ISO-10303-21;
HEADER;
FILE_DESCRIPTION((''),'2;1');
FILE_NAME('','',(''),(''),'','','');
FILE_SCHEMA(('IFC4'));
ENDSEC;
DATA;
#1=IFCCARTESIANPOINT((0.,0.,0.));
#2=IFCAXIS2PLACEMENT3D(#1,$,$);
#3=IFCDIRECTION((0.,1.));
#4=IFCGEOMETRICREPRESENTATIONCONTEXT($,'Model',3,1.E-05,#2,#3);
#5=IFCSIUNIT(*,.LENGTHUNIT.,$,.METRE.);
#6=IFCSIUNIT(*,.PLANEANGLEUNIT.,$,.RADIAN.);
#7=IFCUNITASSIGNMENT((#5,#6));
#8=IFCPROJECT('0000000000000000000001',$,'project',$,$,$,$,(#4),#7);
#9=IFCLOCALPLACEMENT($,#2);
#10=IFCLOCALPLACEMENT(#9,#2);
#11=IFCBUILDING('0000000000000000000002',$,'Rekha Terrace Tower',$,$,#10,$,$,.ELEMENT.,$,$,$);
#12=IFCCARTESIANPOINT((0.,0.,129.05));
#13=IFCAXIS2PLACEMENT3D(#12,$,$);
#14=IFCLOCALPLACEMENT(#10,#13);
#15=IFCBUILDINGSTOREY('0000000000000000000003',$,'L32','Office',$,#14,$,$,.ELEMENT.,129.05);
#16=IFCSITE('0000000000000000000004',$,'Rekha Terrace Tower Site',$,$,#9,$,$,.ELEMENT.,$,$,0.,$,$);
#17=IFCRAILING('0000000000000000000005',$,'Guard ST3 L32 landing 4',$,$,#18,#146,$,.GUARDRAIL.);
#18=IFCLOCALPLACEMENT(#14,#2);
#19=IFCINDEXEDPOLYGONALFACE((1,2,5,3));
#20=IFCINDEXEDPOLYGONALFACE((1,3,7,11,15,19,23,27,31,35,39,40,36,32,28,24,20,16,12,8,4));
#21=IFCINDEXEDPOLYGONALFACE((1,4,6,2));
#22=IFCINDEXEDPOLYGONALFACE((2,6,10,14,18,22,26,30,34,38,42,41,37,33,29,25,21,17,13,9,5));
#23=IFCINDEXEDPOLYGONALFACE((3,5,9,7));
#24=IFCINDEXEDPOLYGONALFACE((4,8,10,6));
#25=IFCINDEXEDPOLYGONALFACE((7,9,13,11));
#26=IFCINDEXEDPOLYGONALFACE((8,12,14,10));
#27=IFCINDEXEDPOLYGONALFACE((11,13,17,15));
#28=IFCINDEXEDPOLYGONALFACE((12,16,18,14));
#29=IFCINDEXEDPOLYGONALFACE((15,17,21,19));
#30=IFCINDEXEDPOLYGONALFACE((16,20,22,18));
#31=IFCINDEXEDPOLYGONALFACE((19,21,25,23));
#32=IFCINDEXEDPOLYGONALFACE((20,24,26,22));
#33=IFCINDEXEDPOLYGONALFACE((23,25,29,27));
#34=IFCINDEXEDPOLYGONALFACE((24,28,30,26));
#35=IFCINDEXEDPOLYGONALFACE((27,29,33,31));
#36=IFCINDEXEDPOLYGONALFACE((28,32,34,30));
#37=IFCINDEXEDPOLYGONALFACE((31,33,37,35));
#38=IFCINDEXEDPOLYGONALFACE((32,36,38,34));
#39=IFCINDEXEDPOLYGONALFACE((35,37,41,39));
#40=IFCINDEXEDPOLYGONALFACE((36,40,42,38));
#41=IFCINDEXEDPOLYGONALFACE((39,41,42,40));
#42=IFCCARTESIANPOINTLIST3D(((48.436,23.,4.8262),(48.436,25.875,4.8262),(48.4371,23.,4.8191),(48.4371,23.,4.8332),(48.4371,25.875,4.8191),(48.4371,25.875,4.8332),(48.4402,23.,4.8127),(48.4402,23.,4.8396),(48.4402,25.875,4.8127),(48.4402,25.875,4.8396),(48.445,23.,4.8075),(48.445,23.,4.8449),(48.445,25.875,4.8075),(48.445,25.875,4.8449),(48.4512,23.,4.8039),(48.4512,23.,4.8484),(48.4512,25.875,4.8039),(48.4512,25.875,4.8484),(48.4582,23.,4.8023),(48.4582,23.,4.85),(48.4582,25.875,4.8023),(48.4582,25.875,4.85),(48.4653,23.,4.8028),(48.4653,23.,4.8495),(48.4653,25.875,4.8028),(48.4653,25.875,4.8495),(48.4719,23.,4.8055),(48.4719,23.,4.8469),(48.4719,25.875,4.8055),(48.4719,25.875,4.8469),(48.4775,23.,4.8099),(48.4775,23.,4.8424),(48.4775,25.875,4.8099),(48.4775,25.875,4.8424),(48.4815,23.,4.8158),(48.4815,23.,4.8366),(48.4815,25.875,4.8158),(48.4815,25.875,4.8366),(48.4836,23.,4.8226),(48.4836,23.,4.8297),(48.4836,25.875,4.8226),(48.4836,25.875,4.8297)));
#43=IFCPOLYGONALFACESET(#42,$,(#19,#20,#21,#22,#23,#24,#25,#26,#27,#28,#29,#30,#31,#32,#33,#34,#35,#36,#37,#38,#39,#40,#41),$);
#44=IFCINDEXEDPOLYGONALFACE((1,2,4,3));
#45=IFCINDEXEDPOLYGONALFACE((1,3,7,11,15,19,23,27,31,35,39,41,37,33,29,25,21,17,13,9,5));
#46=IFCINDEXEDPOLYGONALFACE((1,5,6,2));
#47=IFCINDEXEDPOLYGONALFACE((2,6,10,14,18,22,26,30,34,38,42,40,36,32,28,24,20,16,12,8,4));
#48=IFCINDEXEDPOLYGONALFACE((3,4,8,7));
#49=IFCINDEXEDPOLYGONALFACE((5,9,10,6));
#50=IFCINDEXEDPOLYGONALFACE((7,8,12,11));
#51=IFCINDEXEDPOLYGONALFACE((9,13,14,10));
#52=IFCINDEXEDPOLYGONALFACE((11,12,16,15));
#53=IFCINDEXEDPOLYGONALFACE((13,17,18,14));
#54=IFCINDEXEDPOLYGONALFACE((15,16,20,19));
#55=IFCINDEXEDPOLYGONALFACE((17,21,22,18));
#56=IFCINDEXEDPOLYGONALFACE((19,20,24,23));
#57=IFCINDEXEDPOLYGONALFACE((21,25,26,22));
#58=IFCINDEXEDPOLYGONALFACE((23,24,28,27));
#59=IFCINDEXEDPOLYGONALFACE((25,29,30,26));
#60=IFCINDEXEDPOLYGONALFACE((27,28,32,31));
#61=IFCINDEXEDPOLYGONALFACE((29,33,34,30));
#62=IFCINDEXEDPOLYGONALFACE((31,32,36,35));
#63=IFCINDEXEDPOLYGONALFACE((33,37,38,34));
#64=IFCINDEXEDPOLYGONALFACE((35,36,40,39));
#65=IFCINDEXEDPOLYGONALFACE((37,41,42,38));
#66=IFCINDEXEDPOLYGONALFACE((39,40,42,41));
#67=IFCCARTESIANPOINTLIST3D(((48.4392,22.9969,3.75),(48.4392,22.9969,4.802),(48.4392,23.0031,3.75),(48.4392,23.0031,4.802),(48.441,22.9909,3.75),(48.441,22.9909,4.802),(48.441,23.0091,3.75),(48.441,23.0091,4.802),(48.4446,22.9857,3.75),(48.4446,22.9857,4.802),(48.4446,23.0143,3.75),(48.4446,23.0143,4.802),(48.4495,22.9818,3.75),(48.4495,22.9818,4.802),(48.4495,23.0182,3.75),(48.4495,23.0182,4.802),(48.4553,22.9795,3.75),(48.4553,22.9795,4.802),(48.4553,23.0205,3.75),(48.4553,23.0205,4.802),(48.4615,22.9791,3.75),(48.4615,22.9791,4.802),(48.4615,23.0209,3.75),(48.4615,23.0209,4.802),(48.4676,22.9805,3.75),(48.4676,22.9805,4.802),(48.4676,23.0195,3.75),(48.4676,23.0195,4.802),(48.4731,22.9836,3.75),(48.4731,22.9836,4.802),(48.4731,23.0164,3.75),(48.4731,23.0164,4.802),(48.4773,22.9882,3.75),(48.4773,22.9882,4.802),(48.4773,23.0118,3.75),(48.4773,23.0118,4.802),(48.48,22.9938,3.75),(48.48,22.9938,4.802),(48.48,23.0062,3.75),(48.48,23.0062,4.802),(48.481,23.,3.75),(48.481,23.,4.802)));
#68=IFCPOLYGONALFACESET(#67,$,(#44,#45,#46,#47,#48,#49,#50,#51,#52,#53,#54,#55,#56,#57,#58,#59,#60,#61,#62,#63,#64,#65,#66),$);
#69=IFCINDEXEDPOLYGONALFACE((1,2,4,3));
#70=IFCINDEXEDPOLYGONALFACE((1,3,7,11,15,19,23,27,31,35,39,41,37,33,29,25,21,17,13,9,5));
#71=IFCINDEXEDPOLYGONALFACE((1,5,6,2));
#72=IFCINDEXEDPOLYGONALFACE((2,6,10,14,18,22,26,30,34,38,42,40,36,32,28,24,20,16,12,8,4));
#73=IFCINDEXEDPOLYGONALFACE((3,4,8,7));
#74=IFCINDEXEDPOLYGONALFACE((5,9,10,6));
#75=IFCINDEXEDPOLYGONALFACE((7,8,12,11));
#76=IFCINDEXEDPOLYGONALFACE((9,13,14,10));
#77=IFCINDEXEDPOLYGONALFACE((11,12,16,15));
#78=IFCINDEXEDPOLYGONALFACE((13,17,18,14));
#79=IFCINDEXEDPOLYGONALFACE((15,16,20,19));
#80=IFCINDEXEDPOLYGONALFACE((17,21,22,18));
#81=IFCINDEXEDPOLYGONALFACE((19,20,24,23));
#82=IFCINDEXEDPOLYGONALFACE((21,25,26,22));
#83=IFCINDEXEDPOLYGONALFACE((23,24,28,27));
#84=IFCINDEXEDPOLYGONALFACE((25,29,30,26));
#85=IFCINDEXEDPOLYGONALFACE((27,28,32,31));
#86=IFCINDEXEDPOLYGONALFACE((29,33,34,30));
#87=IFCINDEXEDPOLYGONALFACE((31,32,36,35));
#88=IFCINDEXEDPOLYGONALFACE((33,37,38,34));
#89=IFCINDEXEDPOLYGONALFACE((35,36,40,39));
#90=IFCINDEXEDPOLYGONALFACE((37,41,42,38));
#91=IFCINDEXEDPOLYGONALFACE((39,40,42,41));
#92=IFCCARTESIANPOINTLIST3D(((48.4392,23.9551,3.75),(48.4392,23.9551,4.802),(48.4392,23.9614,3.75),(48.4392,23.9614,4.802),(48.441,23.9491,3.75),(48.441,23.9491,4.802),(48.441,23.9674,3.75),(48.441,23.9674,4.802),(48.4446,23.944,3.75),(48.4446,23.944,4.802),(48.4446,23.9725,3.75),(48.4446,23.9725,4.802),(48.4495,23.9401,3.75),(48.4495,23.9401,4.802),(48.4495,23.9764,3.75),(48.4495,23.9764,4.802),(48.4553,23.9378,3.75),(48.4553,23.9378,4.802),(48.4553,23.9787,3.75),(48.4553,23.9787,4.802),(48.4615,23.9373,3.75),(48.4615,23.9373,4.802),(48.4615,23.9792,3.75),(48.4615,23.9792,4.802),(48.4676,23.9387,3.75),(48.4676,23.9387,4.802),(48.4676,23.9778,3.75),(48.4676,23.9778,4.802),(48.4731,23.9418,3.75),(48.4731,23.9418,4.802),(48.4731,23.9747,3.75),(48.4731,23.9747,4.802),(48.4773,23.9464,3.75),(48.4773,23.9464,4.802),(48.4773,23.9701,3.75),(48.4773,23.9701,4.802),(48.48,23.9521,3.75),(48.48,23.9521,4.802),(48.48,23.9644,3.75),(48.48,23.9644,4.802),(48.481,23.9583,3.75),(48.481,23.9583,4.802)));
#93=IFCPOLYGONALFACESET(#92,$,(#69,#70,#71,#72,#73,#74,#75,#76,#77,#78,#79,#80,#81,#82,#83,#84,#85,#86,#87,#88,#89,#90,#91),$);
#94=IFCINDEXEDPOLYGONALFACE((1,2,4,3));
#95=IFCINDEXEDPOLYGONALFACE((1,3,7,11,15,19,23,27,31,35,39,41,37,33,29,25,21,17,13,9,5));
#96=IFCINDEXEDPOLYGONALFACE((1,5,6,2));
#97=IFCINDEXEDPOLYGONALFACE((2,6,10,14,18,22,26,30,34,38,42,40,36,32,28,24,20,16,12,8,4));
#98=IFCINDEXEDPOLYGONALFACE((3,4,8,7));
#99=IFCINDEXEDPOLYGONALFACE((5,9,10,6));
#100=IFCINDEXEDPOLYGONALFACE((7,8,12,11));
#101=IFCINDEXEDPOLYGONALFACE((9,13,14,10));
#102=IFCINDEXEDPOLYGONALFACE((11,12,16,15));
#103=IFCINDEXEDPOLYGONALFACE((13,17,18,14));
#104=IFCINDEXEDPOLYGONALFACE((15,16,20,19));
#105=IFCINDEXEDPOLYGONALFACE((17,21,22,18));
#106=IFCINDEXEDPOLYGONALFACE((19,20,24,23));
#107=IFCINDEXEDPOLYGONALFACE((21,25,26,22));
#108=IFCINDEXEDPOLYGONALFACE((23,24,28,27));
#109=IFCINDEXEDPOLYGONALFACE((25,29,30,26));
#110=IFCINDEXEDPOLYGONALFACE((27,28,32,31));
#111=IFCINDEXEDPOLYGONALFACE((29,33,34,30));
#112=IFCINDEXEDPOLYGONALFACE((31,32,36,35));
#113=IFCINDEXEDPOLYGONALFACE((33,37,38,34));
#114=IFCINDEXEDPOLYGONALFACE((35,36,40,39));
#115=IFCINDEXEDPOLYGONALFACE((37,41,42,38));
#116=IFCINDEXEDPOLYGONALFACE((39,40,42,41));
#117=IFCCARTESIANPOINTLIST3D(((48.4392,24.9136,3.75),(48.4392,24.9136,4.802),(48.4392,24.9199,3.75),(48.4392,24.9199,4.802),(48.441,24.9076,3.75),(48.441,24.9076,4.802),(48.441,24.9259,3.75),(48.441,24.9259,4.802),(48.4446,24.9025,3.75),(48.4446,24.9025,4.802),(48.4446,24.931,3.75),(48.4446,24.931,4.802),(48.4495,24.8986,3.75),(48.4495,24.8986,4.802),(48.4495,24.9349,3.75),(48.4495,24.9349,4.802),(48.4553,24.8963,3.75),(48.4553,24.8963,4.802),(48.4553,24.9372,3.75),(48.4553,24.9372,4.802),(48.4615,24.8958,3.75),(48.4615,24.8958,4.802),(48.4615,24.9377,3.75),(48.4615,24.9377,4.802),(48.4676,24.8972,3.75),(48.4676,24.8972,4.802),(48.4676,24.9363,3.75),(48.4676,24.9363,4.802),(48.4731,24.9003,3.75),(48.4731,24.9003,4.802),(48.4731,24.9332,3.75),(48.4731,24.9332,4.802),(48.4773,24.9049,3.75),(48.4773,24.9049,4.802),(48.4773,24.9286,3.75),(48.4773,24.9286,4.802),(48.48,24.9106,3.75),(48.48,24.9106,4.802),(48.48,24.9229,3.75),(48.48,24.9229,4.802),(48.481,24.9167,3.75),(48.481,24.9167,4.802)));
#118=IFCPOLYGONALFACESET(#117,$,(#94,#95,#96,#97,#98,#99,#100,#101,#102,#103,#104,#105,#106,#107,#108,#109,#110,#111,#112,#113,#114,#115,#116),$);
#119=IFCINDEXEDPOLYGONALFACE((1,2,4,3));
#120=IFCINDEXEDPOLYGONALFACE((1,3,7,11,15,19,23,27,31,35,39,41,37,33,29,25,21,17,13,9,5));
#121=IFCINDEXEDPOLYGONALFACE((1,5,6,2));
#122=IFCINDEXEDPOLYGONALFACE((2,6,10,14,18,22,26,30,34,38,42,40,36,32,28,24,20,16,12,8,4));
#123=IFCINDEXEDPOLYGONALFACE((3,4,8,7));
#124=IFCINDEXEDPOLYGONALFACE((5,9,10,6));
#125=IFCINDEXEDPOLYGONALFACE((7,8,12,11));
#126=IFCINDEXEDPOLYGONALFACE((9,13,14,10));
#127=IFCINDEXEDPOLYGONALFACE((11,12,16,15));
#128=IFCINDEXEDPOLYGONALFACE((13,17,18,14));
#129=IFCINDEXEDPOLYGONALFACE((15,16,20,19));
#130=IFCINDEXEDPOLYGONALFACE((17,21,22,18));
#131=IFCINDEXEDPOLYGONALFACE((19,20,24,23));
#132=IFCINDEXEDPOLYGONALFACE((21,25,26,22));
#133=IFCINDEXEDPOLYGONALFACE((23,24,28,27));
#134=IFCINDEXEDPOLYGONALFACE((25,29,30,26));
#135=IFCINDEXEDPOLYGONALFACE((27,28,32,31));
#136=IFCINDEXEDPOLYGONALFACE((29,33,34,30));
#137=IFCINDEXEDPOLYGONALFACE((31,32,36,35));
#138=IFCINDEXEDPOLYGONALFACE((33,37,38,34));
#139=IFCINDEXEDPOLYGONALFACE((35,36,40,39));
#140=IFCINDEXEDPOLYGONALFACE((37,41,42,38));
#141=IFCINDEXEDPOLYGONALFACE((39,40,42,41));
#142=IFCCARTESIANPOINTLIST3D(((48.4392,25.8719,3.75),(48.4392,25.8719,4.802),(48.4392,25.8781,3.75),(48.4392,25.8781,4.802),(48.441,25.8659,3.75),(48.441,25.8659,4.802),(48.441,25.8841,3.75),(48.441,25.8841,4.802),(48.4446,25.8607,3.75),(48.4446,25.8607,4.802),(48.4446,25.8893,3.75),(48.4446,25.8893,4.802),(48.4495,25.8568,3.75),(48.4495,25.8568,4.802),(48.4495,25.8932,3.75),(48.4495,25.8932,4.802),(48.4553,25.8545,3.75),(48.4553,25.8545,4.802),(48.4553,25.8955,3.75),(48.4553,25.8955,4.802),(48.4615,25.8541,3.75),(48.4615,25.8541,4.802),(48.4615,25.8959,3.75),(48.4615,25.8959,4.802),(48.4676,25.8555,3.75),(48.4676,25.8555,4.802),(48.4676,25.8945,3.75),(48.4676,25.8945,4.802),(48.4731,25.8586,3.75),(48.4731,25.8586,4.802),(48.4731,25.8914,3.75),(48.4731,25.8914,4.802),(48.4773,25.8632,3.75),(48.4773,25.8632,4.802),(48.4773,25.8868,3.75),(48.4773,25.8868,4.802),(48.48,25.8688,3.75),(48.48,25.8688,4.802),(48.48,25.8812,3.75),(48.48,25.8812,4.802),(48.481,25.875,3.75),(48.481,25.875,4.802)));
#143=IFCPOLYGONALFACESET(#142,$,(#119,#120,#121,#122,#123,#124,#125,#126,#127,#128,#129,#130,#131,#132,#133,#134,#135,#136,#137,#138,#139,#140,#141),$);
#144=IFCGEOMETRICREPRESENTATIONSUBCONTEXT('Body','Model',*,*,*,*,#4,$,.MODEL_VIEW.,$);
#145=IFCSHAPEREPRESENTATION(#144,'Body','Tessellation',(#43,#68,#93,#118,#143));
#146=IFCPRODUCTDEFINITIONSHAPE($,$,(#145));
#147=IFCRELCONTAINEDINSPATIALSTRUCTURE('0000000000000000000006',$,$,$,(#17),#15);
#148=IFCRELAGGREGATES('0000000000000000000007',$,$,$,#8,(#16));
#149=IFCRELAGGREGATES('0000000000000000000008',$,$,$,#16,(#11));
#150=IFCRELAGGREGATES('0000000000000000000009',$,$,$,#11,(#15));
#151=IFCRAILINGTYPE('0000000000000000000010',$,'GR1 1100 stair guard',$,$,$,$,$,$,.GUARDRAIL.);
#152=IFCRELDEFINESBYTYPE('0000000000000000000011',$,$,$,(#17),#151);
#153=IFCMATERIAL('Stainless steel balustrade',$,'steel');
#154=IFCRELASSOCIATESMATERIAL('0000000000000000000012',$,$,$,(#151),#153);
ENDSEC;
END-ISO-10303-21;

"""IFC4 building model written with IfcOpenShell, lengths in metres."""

from ifc_helpers import new_model, si_unit, direction, frame, origin, origin_2d, place, context, subcontext, project, spatial, circle, extrude, material, type_object, element, save


model = new_model("IFC4")

# Units and contexts
model_context = context("Model", 3, precision=1e-05, world=origin(), true_north=direction((0.0, 1.0)))
body_context = subcontext(model_context, "Body", "Model", "MODEL_VIEW")
ifc_project = project(units=[si_unit("LENGTHUNIT", "METRE"), si_unit("PLANEANGLEUNIT", "RADIAN")], contexts=[model_context])

# Site, building, storey
site_placement = place(None, origin())
site = spatial("IfcSite", under=ifc_project, at=site_placement, Name="Rekha Terrace Tower Site", CompositionType="ELEMENT", RefElevation=0.0)
building_placement = place(site_placement, origin())
building = spatial("IfcBuilding", under=site, at=building_placement, Name="Rekha Terrace Tower", CompositionType="ELEMENT")
storey_placement = place(building_placement, frame((0.0, 0.0, 129.05)))
storey = spatial("IfcBuildingStorey", under=building, at=storey_placement, Name="L32", Description="Office", CompositionType="ELEMENT", Elevation=129.05)

# Railing
ifc_material_1 = material(Name="Stainless steel balustrade", Category="steel")
railing_type = type_object("IfcRailingType", Name="GR1 1100 stair guard", PredefinedType="GUARDRAIL", material=ifc_material_1)
railing_1_placement = place(storey_placement, frame((48.46, 23.0, 3.75)))
element("IfcRailing", 1, at=railing_1_placement, inside=storey, type_object=railing_type, Name="Guard ST3 L32 landing 4", PredefinedType="GUARDRAIL", context=body_context, shape_type="SweptSolid", body=[
    extrude(circle(Radius=0.0239, at=origin_2d()), frame((0.0, 0.0, 1.0762), z_axis=(0.0, 1.0, 0.0), x_axis=(-1.0, 0.0, 0.0)), (0.0, 0.0, 1.0), 2.875),
    extrude(circle(Radius=0.021, at=origin_2d()), origin(), (0.0, 0.0, 1.0), 1.052),
    extrude(circle(Radius=0.021, at=origin_2d()), frame((0.0, 0.9583, 0.0)), (0.0, 0.0, 1.0), 1.052),
    extrude(circle(Radius=0.021, at=origin_2d()), frame((0.0, 1.9167, 0.0)), (0.0, 0.0, 1.0), 1.052),
    extrude(circle(Radius=0.021, at=origin_2d()), frame((0.0, 2.875, 0.0)), (0.0, 0.0, 1.0), 1.052),
])

save(model, "model.ifc")
